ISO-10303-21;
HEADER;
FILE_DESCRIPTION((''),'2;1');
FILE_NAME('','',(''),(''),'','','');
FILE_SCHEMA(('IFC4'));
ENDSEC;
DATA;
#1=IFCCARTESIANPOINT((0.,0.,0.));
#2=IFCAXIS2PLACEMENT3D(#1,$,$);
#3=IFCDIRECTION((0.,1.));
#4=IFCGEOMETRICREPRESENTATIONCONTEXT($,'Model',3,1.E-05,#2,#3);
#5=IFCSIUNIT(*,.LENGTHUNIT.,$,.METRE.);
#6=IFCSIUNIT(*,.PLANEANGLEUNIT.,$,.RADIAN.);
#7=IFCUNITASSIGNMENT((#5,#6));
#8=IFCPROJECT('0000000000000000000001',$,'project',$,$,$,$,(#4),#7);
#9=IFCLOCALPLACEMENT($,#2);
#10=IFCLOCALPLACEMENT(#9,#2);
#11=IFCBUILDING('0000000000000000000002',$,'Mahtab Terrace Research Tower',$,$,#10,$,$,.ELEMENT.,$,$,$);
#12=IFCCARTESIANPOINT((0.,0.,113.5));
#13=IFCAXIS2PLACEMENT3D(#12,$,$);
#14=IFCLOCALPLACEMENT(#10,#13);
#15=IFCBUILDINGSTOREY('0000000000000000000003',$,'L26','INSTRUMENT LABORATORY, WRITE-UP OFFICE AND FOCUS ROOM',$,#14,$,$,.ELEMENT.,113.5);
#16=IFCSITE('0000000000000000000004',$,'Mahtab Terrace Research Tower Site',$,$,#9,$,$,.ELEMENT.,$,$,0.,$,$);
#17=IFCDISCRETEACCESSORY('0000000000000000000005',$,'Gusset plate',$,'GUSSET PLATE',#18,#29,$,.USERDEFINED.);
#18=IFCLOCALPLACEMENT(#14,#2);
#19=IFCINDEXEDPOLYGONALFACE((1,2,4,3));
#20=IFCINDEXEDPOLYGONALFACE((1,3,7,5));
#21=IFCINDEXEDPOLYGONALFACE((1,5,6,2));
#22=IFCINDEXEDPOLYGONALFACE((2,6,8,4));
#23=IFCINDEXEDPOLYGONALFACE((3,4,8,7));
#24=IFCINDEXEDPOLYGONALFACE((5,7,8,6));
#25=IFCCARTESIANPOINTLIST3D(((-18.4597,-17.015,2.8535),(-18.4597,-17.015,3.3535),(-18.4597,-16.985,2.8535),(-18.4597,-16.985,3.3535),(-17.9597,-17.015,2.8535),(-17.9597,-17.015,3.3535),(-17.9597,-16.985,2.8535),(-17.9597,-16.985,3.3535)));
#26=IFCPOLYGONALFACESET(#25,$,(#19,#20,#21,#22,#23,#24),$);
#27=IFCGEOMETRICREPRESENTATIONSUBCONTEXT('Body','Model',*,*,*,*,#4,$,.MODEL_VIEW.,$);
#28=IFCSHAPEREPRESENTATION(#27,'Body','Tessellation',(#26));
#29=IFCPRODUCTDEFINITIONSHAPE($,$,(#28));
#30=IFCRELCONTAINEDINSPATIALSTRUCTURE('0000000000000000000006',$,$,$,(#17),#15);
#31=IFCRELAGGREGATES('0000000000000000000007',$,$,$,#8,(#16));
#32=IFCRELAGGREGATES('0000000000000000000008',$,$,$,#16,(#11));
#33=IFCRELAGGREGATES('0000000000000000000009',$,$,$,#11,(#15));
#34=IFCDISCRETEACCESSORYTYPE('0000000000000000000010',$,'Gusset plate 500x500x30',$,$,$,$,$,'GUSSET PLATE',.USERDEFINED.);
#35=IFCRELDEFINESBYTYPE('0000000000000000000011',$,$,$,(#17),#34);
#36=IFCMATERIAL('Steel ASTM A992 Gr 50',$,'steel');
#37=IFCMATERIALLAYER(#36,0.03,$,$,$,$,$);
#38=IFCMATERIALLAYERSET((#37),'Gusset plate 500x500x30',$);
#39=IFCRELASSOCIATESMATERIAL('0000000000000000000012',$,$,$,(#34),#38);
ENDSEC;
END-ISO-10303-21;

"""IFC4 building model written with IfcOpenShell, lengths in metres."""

from ifc_helpers import new_model, si_unit, direction, frame, origin, origin_2d, place, context, subcontext, project, spatial, rectangle, extrude, material, layer, layer_set, type_object, element, save


model = new_model("IFC4")

# Units and contexts
model_context = context("Model", 3, precision=1e-05, world=origin(), true_north=direction((0.0, 1.0)))
body_context = subcontext(model_context, "Body", "Model", "MODEL_VIEW")
ifc_project = project(units=[si_unit("LENGTHUNIT", "METRE"), si_unit("PLANEANGLEUNIT", "RADIAN")], contexts=[model_context])

# Site, building, storey
site_placement = place(None, origin())
site = spatial("IfcSite", under=ifc_project, at=site_placement, Name="Mahtab Terrace Research Tower Site", CompositionType="ELEMENT", RefElevation=0.0)
building_placement = place(site_placement, origin())
building = spatial("IfcBuilding", under=site, at=building_placement, Name="Mahtab Terrace Research Tower", CompositionType="ELEMENT")
storey_placement = place(building_placement, frame((0.0, 0.0, 113.5)))
storey = spatial("IfcBuildingStorey", under=building, at=storey_placement, Name="L26", Description="INSTRUMENT LABORATORY, WRITE-UP OFFICE AND FOCUS ROOM", CompositionType="ELEMENT", Elevation=113.5)

# Shared definitions
ifc_material_1 = material(Name="Steel ASTM A992 Gr 50", Category="steel")

# Discrete accessory
ifc_layer_1 = layer(ifc_material_1, 0.03)
ifc_layer_set_1 = layer_set([ifc_layer_1], Name="Gusset plate 500x500x30")
discrete_accessory_type = type_object("IfcDiscreteAccessoryType", Name="Gusset plate 500x500x30", ElementType="GUSSET PLATE", PredefinedType="USERDEFINED", material=ifc_layer_set_1)
for number, where, z_axis, x_axis, name in (
    (1, (-18.2097, -17.0, 2.8535), (0.0, 0.0, 1.0), (1.0, 0.0, 0.0), "Gusset plate"),
):
    element("IfcDiscreteAccessory", number, at=place(storey_placement, frame(where, z_axis=z_axis, x_axis=x_axis)), inside=storey, type_object=discrete_accessory_type, Name=name, ObjectType="GUSSET PLATE", PredefinedType="USERDEFINED", context=body_context, shape_type="SweptSolid", body=[
        extrude(rectangle(XDim=0.5, YDim=0.03, at=origin_2d()), origin(), (0.0, 0.0, 1.0), 0.5),
    ])

save(model, "model.ifc")
